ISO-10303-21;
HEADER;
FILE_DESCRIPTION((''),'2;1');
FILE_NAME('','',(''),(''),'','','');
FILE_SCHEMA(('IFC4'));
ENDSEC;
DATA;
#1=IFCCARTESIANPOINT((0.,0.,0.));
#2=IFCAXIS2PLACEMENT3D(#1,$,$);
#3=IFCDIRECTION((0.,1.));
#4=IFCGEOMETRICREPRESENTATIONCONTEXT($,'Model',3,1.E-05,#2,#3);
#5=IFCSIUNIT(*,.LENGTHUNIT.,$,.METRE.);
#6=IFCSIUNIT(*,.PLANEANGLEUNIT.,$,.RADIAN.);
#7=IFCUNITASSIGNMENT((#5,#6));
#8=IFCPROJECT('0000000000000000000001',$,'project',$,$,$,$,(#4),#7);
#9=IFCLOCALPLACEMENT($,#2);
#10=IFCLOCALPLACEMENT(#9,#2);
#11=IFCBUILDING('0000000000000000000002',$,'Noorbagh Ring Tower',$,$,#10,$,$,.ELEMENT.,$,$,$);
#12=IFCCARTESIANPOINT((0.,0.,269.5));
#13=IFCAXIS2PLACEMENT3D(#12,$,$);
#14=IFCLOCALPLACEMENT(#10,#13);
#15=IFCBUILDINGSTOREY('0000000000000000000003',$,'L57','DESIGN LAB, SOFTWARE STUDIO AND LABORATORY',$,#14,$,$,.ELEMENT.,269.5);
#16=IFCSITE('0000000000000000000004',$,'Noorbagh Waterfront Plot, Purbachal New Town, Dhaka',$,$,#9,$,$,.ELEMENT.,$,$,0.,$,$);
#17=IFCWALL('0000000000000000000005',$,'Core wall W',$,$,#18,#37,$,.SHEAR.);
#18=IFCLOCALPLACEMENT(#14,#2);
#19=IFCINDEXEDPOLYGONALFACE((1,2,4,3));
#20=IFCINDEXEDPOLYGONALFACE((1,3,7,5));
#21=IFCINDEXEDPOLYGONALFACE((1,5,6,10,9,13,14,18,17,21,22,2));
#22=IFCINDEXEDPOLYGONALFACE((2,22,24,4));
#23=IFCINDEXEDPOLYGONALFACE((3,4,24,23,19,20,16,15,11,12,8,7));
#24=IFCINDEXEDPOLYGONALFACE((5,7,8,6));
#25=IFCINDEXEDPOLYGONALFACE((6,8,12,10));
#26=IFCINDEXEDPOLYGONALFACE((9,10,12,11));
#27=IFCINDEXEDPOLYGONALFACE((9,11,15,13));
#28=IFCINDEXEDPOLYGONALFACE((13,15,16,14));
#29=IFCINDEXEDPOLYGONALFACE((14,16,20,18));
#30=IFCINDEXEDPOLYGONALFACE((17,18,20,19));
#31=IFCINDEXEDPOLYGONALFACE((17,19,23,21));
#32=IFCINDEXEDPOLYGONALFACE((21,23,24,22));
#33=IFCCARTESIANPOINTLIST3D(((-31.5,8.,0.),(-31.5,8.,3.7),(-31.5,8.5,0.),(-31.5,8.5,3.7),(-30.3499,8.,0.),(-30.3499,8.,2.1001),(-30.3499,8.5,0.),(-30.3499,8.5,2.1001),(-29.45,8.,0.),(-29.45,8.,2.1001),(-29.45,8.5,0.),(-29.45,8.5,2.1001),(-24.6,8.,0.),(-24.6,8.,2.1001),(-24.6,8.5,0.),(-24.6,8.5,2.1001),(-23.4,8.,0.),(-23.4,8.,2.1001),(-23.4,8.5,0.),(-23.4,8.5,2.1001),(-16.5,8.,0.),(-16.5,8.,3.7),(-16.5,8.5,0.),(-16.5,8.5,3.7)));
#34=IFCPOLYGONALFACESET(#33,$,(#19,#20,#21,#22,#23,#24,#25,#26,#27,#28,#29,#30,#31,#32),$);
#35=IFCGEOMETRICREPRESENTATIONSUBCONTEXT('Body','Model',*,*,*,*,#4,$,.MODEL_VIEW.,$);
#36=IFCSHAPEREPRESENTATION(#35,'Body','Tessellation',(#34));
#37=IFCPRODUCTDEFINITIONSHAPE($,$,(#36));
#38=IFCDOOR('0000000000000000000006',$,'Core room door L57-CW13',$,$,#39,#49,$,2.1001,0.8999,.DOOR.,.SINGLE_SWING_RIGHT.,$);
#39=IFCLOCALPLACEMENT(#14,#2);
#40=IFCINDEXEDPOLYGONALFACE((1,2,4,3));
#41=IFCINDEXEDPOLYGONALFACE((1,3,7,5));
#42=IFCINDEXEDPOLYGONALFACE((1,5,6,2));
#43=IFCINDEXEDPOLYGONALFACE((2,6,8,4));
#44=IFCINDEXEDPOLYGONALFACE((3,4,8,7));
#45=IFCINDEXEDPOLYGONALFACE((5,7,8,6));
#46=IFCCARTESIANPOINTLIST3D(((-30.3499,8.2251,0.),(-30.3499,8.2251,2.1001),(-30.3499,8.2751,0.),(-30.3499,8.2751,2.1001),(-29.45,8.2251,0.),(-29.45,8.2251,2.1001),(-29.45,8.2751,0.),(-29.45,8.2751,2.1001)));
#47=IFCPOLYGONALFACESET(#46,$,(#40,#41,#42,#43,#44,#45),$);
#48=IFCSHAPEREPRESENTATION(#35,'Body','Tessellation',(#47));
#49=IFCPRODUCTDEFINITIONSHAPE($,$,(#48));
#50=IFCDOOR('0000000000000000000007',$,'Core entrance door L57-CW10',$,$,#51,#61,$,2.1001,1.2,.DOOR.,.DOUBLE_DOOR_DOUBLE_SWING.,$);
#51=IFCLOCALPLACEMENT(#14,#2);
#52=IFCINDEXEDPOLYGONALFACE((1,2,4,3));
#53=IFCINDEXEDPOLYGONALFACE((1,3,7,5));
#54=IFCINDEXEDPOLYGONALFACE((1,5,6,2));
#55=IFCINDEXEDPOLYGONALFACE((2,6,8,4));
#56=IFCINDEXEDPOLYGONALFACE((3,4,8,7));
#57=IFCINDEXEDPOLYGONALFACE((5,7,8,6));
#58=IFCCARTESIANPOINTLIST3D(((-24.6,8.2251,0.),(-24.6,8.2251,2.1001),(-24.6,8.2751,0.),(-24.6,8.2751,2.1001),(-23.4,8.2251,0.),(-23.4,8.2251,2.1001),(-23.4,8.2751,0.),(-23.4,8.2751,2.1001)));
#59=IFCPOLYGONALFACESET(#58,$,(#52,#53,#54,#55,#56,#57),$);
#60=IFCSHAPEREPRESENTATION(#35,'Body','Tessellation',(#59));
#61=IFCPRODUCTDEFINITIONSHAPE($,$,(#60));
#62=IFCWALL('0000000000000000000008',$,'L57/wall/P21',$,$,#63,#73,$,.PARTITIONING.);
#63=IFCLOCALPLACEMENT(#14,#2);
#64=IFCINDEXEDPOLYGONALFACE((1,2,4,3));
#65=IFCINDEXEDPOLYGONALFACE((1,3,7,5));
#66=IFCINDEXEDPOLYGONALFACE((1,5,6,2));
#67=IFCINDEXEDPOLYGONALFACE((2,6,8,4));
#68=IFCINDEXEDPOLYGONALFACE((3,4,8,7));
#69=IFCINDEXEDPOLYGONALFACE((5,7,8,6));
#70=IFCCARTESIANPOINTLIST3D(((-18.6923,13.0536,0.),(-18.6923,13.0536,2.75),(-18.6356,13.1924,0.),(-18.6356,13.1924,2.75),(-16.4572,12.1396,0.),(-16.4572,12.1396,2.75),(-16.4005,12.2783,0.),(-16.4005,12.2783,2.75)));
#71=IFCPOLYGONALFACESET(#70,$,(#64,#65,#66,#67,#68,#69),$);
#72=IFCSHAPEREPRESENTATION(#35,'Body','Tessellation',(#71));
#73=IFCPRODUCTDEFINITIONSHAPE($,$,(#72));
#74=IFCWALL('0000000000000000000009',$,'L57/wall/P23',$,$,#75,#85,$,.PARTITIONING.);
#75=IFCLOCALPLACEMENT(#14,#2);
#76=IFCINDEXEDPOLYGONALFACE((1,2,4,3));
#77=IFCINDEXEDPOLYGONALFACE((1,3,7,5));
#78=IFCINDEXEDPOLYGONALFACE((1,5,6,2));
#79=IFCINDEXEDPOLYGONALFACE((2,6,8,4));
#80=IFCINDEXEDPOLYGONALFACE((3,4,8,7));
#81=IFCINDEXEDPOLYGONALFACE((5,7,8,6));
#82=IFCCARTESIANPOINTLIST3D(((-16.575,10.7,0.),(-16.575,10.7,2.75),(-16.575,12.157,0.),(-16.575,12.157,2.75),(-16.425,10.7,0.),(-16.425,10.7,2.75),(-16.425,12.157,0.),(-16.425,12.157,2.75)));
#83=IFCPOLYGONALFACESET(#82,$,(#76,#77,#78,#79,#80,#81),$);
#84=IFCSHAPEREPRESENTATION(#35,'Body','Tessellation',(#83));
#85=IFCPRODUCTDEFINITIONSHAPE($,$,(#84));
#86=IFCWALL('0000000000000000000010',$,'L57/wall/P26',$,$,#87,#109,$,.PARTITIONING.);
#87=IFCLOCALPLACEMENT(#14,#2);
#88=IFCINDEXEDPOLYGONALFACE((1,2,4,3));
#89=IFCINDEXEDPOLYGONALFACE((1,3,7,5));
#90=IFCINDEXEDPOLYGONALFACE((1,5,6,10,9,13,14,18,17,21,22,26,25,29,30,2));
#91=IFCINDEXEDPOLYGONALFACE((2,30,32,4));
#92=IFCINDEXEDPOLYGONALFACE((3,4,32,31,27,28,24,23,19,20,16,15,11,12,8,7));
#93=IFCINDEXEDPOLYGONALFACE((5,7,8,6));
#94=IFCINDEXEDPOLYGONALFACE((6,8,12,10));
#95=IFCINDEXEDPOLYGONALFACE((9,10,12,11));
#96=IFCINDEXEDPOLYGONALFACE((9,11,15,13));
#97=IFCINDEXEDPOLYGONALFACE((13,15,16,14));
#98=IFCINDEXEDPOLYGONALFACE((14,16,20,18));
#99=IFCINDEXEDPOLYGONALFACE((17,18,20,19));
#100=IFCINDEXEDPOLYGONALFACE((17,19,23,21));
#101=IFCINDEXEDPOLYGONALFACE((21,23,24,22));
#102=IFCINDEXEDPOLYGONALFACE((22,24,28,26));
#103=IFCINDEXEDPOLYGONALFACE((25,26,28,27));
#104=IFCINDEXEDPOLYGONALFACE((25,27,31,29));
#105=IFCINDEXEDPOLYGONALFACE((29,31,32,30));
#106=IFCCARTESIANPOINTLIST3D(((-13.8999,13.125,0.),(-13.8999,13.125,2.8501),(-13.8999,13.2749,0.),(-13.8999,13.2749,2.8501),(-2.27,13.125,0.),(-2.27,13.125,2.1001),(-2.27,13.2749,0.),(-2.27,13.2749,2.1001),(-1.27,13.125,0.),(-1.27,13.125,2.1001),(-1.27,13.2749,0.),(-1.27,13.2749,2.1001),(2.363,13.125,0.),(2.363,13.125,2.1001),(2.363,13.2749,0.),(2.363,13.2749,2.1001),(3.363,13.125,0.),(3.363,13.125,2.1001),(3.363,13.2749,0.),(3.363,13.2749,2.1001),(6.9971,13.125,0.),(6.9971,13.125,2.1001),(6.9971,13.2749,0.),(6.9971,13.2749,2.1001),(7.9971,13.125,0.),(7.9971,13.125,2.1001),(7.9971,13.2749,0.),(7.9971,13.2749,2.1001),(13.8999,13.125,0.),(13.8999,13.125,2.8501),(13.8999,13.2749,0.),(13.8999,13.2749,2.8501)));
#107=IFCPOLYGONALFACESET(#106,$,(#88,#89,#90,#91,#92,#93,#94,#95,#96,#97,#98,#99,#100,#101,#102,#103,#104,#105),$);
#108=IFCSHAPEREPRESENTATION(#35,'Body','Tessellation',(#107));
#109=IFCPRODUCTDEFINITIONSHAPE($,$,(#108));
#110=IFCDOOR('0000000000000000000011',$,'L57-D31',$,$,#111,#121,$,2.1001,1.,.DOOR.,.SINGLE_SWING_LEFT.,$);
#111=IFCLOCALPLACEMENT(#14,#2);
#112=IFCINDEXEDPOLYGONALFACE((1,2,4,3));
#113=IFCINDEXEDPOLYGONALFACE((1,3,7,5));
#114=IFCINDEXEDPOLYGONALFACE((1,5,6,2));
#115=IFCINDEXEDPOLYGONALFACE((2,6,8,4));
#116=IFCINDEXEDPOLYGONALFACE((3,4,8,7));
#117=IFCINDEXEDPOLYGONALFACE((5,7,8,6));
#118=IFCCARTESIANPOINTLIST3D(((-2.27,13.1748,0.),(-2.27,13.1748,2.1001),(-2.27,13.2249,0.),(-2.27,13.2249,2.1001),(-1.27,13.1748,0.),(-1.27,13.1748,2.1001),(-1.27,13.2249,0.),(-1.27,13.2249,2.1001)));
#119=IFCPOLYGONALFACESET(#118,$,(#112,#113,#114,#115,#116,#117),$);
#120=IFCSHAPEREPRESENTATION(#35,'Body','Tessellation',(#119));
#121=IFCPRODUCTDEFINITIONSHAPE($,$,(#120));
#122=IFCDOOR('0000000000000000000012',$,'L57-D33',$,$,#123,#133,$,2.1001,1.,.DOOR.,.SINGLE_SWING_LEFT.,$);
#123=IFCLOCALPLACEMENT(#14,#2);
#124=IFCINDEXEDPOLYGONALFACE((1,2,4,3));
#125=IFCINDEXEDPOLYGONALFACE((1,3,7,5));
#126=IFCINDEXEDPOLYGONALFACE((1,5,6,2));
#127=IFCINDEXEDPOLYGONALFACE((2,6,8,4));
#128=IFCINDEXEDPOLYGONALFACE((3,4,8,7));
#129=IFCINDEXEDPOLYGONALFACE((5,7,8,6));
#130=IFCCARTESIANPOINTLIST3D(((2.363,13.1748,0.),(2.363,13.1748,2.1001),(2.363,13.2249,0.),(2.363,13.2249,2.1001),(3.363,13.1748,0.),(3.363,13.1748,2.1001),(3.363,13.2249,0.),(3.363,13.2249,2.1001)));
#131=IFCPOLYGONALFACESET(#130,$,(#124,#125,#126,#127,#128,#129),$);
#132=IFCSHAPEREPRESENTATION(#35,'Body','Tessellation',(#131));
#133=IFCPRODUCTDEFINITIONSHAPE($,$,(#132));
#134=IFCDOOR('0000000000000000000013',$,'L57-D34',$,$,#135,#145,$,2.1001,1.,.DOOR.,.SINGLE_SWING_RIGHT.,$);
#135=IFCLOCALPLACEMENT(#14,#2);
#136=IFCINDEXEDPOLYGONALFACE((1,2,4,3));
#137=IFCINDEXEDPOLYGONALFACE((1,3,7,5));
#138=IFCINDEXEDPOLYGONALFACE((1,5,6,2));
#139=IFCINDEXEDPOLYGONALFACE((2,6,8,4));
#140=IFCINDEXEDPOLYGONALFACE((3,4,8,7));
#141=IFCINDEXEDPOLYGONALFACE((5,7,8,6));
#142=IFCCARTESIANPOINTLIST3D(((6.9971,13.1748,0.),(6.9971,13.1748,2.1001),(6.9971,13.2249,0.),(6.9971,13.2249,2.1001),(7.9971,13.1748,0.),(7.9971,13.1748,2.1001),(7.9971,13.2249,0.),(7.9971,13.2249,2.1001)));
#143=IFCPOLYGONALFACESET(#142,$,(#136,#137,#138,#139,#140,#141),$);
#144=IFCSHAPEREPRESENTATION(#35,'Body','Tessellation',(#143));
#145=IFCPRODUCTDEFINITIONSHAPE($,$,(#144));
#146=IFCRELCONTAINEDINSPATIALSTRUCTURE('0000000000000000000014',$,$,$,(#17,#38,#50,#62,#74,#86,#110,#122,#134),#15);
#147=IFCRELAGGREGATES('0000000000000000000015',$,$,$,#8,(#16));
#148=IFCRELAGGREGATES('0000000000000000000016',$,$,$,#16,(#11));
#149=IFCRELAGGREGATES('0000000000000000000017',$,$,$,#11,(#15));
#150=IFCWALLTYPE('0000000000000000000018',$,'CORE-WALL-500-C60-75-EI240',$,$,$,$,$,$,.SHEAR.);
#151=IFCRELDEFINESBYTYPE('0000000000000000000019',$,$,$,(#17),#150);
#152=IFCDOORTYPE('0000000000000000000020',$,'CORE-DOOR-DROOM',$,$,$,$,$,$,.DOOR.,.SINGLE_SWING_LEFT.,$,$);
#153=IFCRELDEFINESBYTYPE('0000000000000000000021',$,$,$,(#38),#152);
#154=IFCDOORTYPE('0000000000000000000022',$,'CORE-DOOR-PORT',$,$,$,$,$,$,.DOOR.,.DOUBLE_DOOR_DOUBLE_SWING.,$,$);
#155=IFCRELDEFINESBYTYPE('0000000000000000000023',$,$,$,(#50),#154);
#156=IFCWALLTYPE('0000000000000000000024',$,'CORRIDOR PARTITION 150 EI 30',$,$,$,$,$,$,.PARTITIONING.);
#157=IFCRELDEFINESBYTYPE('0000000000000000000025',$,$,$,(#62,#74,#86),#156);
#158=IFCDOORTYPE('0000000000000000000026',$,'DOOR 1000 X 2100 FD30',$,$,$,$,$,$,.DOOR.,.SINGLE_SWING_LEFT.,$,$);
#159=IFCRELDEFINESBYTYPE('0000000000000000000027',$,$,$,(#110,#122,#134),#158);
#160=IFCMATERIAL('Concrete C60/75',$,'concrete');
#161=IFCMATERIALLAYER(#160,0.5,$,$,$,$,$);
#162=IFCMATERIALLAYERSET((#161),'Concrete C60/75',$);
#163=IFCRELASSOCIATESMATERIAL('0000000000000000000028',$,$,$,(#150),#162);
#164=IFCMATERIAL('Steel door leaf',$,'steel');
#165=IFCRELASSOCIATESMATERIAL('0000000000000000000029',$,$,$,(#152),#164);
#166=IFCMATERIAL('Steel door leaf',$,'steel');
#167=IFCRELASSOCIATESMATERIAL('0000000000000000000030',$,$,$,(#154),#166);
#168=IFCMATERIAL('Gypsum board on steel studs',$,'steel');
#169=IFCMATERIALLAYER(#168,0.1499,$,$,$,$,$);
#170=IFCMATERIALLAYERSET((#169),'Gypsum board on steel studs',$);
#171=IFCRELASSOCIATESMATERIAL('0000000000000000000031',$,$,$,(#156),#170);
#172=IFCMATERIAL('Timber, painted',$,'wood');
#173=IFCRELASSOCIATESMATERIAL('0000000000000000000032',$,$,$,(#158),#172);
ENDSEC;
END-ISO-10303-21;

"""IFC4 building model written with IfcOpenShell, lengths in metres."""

from ifc_helpers import new_model, si_unit, direction, frame, frame_2d, origin, place, context, subcontext, project, spatial, rectangle, extrude, material, layer, layer_set, type_object, element, fill, save


model = new_model("IFC4")

# Units and contexts
model_context = context("Model", 3, precision=1e-05, world=origin(), true_north=direction((0.0, 1.0)))
body_context = subcontext(model_context, "Body", "Model", "MODEL_VIEW")
ifc_project = project(units=[si_unit("LENGTHUNIT", "METRE"), si_unit("PLANEANGLEUNIT", "RADIAN")], contexts=[model_context])

# Site, building, storey
site_placement = place(None, origin())
site = spatial("IfcSite", under=ifc_project, at=site_placement, Name="Noorbagh Waterfront Plot, Purbachal New Town, Dhaka", CompositionType="ELEMENT", RefElevation=0.0)
building_placement = place(site_placement, origin())
building = spatial("IfcBuilding", under=site, at=building_placement, Name="Noorbagh Ring Tower", CompositionType="ELEMENT")
storey_placement = place(building_placement, frame((0.0, 0.0, 269.5)))
storey = spatial("IfcBuildingStorey", under=building, at=storey_placement, Name="L57", Description="DESIGN LAB, SOFTWARE STUDIO AND LABORATORY", CompositionType="ELEMENT", Elevation=269.5)

# Wall, openings, doors
ifc_material_1 = material(Name="Concrete C60/75", Category="concrete")
ifc_layer_1 = layer(ifc_material_1, 0.5)
ifc_layer_set_1 = layer_set([ifc_layer_1], Name="Concrete C60/75")
wall_type_1 = type_object("IfcWallType", Name="CORE-WALL-500-C60-75-EI240", PredefinedType="SHEAR", material=ifc_layer_set_1)
wall_1_placement = place(storey_placement, frame((-16.5, 8.25, 0.0), z_axis=(0.0, 0.0, 1.0), x_axis=(-1.0, 0.0, 0.0)))
wall_1 = element("IfcWall", 1, at=wall_1_placement, inside=storey, type_object=wall_type_1, Name="Core wall W", PredefinedType="SHEAR", context=body_context, shape_type="SweptSolid", body=[
    extrude(rectangle(XDim=15.0, YDim=0.5, at=frame_2d((7.5, 0.0))), origin(), (0.0, 0.0, 1.0), 3.7),
])
opening_1_placement = place(wall_1_placement, frame((6.8999, 0.0, 0.0)))
opening_1 = element("IfcOpeningElement", 2, at=opening_1_placement, cuts=wall_1, PredefinedType="OPENING", context=body_context, shape_type="SweptSolid", body=[
    extrude(rectangle(XDim=1.2, YDim=2.1001, at=frame_2d((0.6001, 1.05))), frame((0.0, 0.26, 0.0), z_axis=(0.0, -1.0, 0.0), x_axis=(1.0, 0.0, 0.0)), (0.0, 0.0, 1.0), 0.52),
])
opening_2_placement = place(wall_1_placement, frame((12.95, 0.0, 0.0)))
opening_2 = element("IfcOpeningElement", 3, at=opening_2_placement, cuts=wall_1, PredefinedType="OPENING", context=body_context, shape_type="SweptSolid", body=[
    extrude(rectangle(XDim=0.8999, YDim=2.1001, at=frame_2d((0.45, 1.05))), frame((0.0, 0.26, 0.0), z_axis=(0.0, -1.0, 0.0), x_axis=(1.0, 0.0, 0.0)), (0.0, 0.0, 1.0), 0.52),
])
ifc_material_2 = material(Name="Steel door leaf", Category="steel")
door_type_1 = type_object("IfcDoorType", Name="CORE-DOOR-DROOM", OperationType="SINGLE_SWING_LEFT", PredefinedType="DOOR", material=ifc_material_2)
door_1_placement = place(opening_2_placement, origin())
door_1 = element("IfcDoor", 4, at=door_1_placement, inside=storey, type_object=door_type_1, Name="Core room door L57-CW13", OperationType="SINGLE_SWING_RIGHT", OverallHeight=2.1001, OverallWidth=0.8999, PredefinedType="DOOR", context=body_context, shape_type="SweptSolid", body=[
    extrude(rectangle(XDim=0.8999, YDim=2.1001, at=frame_2d((0.45, 1.05))), frame((0.0, 0.0249, 0.0), z_axis=(0.0, -1.0, 0.0), x_axis=(1.0, 0.0, 0.0)), (0.0, 0.0, 1.0), 0.05),
])
fill(opening_2, door_1)
ifc_material_3 = material(Name="Steel door leaf", Category="steel")
door_type_2 = type_object("IfcDoorType", Name="CORE-DOOR-PORT", OperationType="DOUBLE_DOOR_DOUBLE_SWING", PredefinedType="DOOR", material=ifc_material_3)
door_2_placement = place(opening_1_placement, origin())
door_2 = element("IfcDoor", 5, at=door_2_placement, inside=storey, type_object=door_type_2, Name="Core entrance door L57-CW10", OperationType="DOUBLE_DOOR_DOUBLE_SWING", OverallHeight=2.1001, OverallWidth=1.2, PredefinedType="DOOR", context=body_context, shape_type="SweptSolid", body=[
    extrude(rectangle(XDim=1.2, YDim=2.1001, at=frame_2d((0.6001, 1.05))), frame((0.0, 0.0249, 0.0), z_axis=(0.0, -1.0, 0.0), x_axis=(1.0, 0.0, 0.0)), (0.0, 0.0, 1.0), 0.05),
])
fill(opening_1, door_2)

# Walls
ifc_material_4 = material(Name="Gypsum board on steel studs", Category="steel")
ifc_layer_2 = layer(ifc_material_4, 0.1499)
ifc_layer_set_2 = layer_set([ifc_layer_2], Name="Gypsum board on steel studs")
wall_type_2 = type_object("IfcWallType", Name="CORRIDOR PARTITION 150 EI 30", PredefinedType="PARTITIONING", material=ifc_layer_set_2)
wall_2_placement = place(storey_placement, frame((-18.6641, 13.123, 0.0), z_axis=(0.0, 0.0, 1.0), x_axis=(0.92559, -0.378527, 0.0)))
element("IfcWall", 6, at=wall_2_placement, inside=storey, type_object=wall_type_2, Name="L57/wall/P21", PredefinedType="PARTITIONING", context=body_context, shape_type="SweptSolid", body=[
    extrude(rectangle(XDim=2.4148, YDim=0.1499, at=frame_2d((1.2075, 0.0))), origin(), (0.0, 0.0, 1.0), 2.75),
])
wall_3_placement = place(storey_placement, frame((-16.5, 10.7, 0.0), z_axis=(0.0, 0.0, 1.0), x_axis=(0.0, 1.0, 0.0)))
element("IfcWall", 7, at=wall_3_placement, inside=storey, type_object=wall_type_2, Name="L57/wall/P23", PredefinedType="PARTITIONING", context=body_context, shape_type="SweptSolid", body=[
    extrude(rectangle(XDim=1.457, YDim=0.1499, at=frame_2d((0.7285, 0.0))), origin(), (0.0, 0.0, 1.0), 2.75),
])

# Wall, openings, doors
wall_4_placement = place(storey_placement, frame((-13.8999, 13.2, 0.0), z_axis=(0.0, 0.0, 1.0), x_axis=(1.0, 0.0, 0.0)))
wall_4 = element("IfcWall", 8, at=wall_4_placement, inside=storey, type_object=wall_type_2, Name="L57/wall/P26", PredefinedType="PARTITIONING", context=body_context, shape_type="SweptSolid", body=[
    extrude(rectangle(XDim=27.7998, YDim=0.1499, at=frame_2d((13.8999, 0.0))), origin(), (0.0, 0.0, 1.0), 2.8501),
])
opening_3_placement = place(wall_4_placement, frame((11.6299, 0.0, 0.0)))
opening_3 = element("IfcOpeningElement", 9, at=opening_3_placement, cuts=wall_4, PredefinedType="OPENING", context=body_context, shape_type="SweptSolid", body=[
    extrude(rectangle(XDim=1.0, YDim=2.1001, at=frame_2d((0.5, 1.05))), frame((0.0, 0.085, 0.0), z_axis=(0.0, -1.0, 0.0), x_axis=(1.0, 0.0, 0.0)), (0.0, 0.0, 1.0), 0.1699),
])
opening_4_placement = place(wall_4_placement, frame((16.2629, 0.0, 0.0)))
opening_4 = element("IfcOpeningElement", 10, at=opening_4_placement, cuts=wall_4, PredefinedType="OPENING", context=body_context, shape_type="SweptSolid", body=[
    extrude(rectangle(XDim=1.0, YDim=2.1001, at=frame_2d((0.5, 1.05))), frame((0.0, 0.085, 0.0), z_axis=(0.0, -1.0, 0.0), x_axis=(1.0, 0.0, 0.0)), (0.0, 0.0, 1.0), 0.1699),
])
opening_5_placement = place(wall_4_placement, frame((20.897, 0.0, 0.0)))
opening_5 = element("IfcOpeningElement", 11, at=opening_5_placement, cuts=wall_4, PredefinedType="OPENING", context=body_context, shape_type="SweptSolid", body=[
    extrude(rectangle(XDim=1.0, YDim=2.1001, at=frame_2d((0.5, 1.05))), frame((0.0, 0.085, 0.0), z_axis=(0.0, -1.0, 0.0), x_axis=(1.0, 0.0, 0.0)), (0.0, 0.0, 1.0), 0.1699),
])
ifc_material_5 = material(Name="Timber, painted", Category="wood")
door_type_3 = type_object("IfcDoorType", Name="DOOR 1000 X 2100 FD30", OperationType="SINGLE_SWING_LEFT", PredefinedType="DOOR", material=ifc_material_5)
door_3_placement = place(opening_3_placement, origin())
door_3 = element("IfcDoor", 12, at=door_3_placement, inside=storey, type_object=door_type_3, Name="L57-D31", OperationType="SINGLE_SWING_LEFT", OverallHeight=2.1001, OverallWidth=1.0, PredefinedType="DOOR", context=body_context, shape_type="SweptSolid", body=[
    extrude(rectangle(XDim=1.0, YDim=2.1001, at=frame_2d((0.5, 1.05))), frame((0.0, 0.0249, 0.0), z_axis=(0.0, -1.0, 0.0), x_axis=(1.0, 0.0, 0.0)), (0.0, 0.0, 1.0), 0.05),
])
fill(opening_3, door_3)
door_4_placement = place(opening_4_placement, origin())
door_4 = element("IfcDoor", 13, at=door_4_placement, inside=storey, type_object=door_type_3, Name="L57-D33", OperationType="SINGLE_SWING_LEFT", OverallHeight=2.1001, OverallWidth=1.0, PredefinedType="DOOR", context=body_context, shape_type="SweptSolid", body=[
    extrude(rectangle(XDim=1.0, YDim=2.1001, at=frame_2d((0.5, 1.05))), frame((0.0, 0.0249, 0.0), z_axis=(0.0, -1.0, 0.0), x_axis=(1.0, 0.0, 0.0)), (0.0, 0.0, 1.0), 0.05),
])
fill(opening_4, door_4)
door_5_placement = place(opening_5_placement, origin())
door_5 = element("IfcDoor", 14, at=door_5_placement, inside=storey, type_object=door_type_3, Name="L57-D34", OperationType="SINGLE_SWING_RIGHT", OverallHeight=2.1001, OverallWidth=1.0, PredefinedType="DOOR", context=body_context, shape_type="SweptSolid", body=[
    extrude(rectangle(XDim=1.0, YDim=2.1001, at=frame_2d((0.5, 1.05))), frame((0.0, 0.0249, 0.0), z_axis=(0.0, -1.0, 0.0), x_axis=(1.0, 0.0, 0.0)), (0.0, 0.0, 1.0), 0.05),
])
fill(opening_5, door_5)

save(model, "model.ifc")
